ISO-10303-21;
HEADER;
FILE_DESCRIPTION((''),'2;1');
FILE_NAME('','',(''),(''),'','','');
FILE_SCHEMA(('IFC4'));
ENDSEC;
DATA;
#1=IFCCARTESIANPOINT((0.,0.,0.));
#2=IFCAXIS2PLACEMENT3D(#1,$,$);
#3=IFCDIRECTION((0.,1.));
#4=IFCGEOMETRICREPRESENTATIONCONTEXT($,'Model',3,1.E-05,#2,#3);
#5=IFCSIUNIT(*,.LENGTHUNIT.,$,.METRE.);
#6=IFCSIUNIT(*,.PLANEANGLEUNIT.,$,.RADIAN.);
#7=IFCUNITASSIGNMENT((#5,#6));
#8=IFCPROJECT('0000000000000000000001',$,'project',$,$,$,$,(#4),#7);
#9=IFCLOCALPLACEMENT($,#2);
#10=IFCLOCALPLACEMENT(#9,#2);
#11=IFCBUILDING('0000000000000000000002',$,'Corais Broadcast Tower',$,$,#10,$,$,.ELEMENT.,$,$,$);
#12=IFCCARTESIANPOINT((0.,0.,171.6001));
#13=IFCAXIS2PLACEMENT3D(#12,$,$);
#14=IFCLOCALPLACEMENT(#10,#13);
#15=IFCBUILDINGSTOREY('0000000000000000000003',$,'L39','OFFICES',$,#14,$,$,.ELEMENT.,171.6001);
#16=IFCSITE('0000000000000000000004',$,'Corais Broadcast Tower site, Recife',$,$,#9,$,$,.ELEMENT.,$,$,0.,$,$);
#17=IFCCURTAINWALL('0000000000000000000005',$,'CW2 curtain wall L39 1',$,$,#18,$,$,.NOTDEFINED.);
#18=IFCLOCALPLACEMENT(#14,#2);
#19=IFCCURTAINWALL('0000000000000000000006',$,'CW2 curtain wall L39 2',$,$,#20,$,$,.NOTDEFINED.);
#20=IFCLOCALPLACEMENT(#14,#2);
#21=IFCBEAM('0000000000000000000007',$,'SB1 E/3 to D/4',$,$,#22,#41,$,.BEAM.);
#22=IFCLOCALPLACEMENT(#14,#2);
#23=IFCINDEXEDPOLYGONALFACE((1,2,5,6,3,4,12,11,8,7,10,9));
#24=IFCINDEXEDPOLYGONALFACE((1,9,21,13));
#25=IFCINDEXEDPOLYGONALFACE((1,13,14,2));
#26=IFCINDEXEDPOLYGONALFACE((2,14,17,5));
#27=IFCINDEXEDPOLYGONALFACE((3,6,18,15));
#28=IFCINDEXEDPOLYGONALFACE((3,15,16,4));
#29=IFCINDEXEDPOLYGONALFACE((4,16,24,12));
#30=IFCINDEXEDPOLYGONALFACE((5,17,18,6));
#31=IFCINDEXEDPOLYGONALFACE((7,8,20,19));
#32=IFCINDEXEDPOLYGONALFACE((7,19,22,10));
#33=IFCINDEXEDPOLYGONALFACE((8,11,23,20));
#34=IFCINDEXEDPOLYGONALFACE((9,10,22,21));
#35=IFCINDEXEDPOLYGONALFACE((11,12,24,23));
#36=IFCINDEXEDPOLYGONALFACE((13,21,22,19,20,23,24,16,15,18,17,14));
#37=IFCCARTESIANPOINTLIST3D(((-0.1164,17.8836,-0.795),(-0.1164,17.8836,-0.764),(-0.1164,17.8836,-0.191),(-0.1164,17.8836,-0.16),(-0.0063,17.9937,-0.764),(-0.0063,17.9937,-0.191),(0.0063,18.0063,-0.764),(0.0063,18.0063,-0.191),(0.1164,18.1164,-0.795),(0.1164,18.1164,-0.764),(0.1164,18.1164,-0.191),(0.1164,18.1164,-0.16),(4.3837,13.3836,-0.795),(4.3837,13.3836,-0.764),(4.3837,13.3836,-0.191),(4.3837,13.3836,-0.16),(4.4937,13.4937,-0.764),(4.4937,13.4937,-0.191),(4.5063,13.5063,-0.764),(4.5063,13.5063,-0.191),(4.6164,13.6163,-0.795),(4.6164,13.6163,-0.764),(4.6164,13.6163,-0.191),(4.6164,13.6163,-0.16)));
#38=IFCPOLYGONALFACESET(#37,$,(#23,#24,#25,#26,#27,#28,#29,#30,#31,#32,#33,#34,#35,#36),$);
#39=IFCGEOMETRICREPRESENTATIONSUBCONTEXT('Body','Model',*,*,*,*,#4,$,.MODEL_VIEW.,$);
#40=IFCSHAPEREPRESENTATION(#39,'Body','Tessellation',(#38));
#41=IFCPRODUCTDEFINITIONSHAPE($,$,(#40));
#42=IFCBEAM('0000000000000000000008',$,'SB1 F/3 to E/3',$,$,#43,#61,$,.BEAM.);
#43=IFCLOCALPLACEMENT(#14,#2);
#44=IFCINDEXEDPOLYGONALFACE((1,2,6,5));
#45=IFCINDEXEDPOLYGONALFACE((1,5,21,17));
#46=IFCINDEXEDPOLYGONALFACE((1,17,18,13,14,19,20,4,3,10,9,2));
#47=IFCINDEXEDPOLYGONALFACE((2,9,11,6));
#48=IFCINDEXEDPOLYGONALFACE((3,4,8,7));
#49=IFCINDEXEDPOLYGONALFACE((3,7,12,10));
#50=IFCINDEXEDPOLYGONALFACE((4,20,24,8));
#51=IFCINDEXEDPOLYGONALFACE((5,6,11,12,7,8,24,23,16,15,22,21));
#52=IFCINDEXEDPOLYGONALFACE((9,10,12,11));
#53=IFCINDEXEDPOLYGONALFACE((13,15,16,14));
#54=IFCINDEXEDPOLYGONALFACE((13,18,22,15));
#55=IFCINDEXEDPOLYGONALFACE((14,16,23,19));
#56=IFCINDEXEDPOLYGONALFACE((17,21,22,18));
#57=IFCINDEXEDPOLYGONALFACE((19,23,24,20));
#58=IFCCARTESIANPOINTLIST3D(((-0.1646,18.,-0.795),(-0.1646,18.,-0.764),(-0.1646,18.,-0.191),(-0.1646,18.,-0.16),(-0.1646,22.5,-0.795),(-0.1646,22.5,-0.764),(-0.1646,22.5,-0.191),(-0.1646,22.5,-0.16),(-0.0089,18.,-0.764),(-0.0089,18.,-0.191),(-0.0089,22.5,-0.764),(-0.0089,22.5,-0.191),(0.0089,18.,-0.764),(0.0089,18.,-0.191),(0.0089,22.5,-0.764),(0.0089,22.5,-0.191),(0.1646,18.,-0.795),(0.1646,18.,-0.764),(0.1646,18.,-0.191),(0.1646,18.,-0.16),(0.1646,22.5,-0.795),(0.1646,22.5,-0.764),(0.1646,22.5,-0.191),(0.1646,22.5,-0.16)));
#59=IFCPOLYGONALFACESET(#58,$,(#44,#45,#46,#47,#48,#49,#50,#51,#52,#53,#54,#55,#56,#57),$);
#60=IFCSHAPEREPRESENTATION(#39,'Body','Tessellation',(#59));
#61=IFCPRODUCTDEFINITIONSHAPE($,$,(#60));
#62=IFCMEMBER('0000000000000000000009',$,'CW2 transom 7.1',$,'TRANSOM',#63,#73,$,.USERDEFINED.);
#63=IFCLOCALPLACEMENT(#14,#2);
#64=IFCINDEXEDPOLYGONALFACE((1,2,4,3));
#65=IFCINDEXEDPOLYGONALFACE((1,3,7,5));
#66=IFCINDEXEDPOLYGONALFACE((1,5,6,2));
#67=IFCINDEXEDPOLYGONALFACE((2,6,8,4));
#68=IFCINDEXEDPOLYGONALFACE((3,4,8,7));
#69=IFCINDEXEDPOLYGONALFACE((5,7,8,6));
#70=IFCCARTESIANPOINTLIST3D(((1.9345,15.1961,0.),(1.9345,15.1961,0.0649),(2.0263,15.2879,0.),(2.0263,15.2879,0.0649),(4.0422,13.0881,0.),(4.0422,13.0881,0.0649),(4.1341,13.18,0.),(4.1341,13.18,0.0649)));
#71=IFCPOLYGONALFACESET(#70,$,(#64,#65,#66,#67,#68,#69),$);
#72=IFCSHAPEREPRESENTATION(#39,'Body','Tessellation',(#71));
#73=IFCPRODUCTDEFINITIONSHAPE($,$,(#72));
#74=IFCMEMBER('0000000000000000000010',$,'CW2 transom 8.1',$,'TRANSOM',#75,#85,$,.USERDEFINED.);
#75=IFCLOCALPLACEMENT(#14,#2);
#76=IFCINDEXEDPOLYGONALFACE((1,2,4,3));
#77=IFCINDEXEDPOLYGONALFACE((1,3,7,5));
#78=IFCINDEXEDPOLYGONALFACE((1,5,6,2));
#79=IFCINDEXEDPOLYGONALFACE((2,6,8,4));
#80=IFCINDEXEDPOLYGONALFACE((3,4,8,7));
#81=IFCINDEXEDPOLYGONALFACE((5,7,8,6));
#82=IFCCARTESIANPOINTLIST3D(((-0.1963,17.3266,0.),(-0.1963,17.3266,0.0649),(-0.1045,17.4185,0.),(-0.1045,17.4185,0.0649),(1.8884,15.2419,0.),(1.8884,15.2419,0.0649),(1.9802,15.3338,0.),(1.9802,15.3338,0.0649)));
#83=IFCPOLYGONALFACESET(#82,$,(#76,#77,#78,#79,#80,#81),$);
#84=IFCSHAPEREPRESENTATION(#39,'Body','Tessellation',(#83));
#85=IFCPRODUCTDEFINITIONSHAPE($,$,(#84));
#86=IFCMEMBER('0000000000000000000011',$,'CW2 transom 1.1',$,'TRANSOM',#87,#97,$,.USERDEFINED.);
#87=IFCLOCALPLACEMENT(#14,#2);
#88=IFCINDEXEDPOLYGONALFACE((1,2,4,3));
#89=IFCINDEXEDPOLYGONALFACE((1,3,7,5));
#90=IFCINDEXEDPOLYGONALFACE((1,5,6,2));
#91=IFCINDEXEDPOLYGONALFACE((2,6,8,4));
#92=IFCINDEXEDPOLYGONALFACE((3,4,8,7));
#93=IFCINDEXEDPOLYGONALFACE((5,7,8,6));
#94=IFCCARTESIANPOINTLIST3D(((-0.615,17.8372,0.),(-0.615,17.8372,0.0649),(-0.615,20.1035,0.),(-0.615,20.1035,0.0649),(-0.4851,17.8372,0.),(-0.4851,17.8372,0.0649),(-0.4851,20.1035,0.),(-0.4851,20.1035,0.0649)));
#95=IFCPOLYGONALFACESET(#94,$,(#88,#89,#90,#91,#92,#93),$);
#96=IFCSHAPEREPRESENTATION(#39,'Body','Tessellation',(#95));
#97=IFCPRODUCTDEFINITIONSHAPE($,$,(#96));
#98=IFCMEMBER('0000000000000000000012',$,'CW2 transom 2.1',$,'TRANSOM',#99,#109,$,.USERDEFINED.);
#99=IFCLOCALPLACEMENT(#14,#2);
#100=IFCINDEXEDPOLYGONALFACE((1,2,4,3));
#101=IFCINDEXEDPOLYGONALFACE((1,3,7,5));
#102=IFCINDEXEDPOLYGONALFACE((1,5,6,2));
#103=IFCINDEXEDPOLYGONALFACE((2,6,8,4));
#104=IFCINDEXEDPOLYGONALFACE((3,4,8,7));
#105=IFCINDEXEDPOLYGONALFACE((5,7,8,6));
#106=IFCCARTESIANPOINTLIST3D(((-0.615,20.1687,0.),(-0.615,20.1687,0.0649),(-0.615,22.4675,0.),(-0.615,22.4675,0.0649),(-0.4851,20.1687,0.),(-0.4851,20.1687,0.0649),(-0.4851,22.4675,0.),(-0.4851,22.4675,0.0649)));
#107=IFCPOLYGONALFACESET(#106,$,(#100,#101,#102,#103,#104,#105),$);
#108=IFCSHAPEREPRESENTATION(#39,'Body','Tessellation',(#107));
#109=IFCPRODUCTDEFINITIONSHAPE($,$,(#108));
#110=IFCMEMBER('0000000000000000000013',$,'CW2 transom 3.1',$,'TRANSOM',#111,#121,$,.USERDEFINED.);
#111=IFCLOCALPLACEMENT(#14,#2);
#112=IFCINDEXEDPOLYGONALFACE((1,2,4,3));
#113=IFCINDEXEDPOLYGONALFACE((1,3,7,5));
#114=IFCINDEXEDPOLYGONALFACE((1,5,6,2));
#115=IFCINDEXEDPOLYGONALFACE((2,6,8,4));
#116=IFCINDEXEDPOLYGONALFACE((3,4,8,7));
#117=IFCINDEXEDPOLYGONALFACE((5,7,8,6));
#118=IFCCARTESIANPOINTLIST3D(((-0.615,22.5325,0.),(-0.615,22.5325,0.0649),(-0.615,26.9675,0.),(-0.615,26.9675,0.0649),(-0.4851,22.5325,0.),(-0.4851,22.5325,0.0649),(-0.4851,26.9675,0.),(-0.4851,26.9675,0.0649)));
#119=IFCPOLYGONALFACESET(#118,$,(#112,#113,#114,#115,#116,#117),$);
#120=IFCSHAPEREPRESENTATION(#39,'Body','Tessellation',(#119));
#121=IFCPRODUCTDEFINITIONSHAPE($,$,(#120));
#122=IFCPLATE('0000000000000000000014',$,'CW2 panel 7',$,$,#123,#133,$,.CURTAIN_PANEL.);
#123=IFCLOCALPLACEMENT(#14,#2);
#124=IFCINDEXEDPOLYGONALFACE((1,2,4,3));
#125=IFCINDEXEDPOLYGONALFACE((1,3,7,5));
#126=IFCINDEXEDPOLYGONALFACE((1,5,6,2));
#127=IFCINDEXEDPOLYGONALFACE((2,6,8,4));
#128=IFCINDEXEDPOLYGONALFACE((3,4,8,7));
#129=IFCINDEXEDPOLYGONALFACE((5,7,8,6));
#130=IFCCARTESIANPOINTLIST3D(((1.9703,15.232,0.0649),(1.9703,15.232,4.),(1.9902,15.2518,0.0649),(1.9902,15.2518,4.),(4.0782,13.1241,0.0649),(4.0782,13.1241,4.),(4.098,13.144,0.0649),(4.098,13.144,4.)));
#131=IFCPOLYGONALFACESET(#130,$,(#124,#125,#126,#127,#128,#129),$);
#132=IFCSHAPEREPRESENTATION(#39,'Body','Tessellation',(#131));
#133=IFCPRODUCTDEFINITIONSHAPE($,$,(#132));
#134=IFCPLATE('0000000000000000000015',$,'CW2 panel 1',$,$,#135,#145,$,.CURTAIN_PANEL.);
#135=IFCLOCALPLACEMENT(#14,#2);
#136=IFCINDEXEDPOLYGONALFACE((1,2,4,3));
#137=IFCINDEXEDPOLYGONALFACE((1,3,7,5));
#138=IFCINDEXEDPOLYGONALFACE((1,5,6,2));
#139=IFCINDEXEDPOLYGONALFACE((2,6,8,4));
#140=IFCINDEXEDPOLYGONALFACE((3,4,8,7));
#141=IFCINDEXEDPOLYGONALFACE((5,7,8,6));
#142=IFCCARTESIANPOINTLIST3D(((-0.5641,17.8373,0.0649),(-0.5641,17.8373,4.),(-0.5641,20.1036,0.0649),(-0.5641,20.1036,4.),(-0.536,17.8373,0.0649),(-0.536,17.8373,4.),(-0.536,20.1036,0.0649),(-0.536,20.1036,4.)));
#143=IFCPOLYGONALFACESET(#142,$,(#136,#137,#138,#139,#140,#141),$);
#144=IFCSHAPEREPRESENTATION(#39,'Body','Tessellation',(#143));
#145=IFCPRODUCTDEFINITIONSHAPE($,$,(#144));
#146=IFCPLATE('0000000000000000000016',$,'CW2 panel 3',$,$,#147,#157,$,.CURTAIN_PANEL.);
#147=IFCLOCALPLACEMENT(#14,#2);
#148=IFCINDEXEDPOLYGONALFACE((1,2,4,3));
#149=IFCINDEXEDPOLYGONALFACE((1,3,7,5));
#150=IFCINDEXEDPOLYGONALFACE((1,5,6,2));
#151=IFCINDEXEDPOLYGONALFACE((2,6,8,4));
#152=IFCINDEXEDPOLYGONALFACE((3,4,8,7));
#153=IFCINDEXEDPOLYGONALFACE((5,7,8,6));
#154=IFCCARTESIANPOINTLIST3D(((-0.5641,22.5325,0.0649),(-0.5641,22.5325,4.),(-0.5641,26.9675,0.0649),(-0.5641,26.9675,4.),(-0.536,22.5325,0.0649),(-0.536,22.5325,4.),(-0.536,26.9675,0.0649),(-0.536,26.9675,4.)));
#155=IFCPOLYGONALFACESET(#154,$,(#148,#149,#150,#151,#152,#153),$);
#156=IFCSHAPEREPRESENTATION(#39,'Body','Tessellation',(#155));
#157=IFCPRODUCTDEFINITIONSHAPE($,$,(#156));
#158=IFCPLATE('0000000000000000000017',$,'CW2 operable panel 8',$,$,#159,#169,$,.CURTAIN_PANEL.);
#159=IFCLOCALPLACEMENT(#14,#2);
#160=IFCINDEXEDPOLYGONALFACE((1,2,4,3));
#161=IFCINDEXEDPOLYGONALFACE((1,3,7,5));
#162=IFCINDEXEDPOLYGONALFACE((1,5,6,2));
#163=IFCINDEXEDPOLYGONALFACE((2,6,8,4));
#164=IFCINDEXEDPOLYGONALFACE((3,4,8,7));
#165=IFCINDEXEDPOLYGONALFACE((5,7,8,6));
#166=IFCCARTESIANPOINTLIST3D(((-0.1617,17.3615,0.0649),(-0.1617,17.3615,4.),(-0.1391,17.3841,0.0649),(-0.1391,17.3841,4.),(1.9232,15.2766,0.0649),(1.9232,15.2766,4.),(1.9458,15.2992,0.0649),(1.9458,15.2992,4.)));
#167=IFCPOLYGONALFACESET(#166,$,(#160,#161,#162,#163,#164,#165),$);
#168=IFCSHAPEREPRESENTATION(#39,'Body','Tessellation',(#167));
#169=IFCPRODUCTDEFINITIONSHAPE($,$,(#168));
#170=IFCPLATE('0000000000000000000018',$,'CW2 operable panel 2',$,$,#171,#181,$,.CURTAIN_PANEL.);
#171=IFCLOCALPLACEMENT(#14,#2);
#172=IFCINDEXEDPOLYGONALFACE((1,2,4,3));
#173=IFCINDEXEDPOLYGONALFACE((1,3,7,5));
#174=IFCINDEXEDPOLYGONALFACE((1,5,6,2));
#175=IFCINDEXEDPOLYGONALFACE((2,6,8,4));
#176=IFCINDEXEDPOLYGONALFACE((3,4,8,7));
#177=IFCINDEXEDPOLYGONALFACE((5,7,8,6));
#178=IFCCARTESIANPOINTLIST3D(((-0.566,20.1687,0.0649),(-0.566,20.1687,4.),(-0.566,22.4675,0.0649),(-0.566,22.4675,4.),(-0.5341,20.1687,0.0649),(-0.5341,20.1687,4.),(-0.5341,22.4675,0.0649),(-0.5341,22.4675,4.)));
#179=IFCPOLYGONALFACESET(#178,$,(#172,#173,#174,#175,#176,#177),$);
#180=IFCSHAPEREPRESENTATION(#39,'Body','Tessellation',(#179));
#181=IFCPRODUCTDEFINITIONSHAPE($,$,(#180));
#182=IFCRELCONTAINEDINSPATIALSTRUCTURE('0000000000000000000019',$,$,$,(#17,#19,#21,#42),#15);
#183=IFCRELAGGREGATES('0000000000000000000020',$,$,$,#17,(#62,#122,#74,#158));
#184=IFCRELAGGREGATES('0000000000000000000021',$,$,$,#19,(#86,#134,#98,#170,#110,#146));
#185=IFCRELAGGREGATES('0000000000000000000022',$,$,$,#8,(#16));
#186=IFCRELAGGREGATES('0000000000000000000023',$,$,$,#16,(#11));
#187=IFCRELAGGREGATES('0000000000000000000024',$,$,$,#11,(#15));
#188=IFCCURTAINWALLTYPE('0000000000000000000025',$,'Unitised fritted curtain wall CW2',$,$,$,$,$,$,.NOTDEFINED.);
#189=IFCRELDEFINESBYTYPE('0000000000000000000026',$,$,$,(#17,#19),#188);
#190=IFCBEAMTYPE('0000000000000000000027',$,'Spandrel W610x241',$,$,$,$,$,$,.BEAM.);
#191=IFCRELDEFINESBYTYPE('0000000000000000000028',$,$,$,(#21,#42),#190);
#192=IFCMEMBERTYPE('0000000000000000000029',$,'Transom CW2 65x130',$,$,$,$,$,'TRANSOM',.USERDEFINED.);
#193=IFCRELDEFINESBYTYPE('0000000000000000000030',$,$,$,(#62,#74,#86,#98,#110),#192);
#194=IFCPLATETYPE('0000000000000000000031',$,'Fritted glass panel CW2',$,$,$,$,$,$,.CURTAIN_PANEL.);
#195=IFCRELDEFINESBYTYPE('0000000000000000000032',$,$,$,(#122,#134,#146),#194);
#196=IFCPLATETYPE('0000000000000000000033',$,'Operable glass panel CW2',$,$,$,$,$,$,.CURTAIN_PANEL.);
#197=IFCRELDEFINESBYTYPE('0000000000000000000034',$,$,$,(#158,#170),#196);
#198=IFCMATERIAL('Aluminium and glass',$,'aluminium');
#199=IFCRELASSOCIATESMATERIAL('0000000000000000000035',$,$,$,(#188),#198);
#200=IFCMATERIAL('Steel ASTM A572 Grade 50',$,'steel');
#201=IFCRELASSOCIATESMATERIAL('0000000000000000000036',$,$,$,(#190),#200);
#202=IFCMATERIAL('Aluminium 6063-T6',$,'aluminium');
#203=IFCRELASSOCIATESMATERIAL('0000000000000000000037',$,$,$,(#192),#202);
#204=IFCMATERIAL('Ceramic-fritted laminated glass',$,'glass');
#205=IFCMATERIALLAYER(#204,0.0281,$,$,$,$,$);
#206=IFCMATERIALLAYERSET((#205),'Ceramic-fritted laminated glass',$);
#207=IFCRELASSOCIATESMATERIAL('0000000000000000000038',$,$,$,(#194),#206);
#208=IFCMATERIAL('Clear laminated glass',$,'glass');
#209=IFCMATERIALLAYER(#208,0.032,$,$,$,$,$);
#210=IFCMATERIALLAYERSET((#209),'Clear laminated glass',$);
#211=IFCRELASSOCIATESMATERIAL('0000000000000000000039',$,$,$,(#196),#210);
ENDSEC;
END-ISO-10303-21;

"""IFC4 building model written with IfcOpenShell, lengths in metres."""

from ifc_helpers import new_model, si_unit, direction, frame, origin, origin_2d, place, context, subcontext, project, spatial, rectangle, i_section, extrude, material, layer, layer_set, material_profile, profile_set, type_object, element, aggregate, save


model = new_model("IFC4")

# Units and contexts
model_context = context("Model", 3, precision=1e-05, world=origin(), true_north=direction((0.0, 1.0)))
body_context = subcontext(model_context, "Body", "Model", "MODEL_VIEW")
ifc_project = project(units=[si_unit("LENGTHUNIT", "METRE"), si_unit("PLANEANGLEUNIT", "RADIAN")], contexts=[model_context])

# Site, building, storey
site_placement = place(None, origin())
site = spatial("IfcSite", under=ifc_project, at=site_placement, Name="Corais Broadcast Tower site, Recife", CompositionType="ELEMENT", RefElevation=0.0)
building_placement = place(site_placement, origin())
building = spatial("IfcBuilding", under=site, at=building_placement, Name="Corais Broadcast Tower", CompositionType="ELEMENT")
storey_placement = place(building_placement, frame((0.0, 0.0, 171.6001)))
storey = spatial("IfcBuildingStorey", under=building, at=storey_placement, Name="L39", Description="OFFICES", CompositionType="ELEMENT", Elevation=171.6001)

# Curtain walls
ifc_material_1 = material(Name="Aluminium and glass", Category="aluminium")
curtain_wall_type = type_object("IfcCurtainWallType", Name="Unitised fritted curtain wall CW2", PredefinedType="NOTDEFINED", material=ifc_material_1)
curtain_wall_1_placement = place(storey_placement, origin())
curtain_wall_1 = element("IfcCurtainWall", 1, at=curtain_wall_1_placement, inside=storey, type_object=curtain_wall_type, Name="CW2 curtain wall L39 1", PredefinedType="NOTDEFINED")
curtain_wall_2_placement = place(storey_placement, origin())
curtain_wall_2 = element("IfcCurtainWall", 2, at=curtain_wall_2_placement, inside=storey, type_object=curtain_wall_type, Name="CW2 curtain wall L39 2", PredefinedType="NOTDEFINED")

# Beams
ifc_material_2 = material(Name="Steel ASTM A572 Grade 50", Category="steel")
ifc_material_profile_1 = material_profile(ifc_material_2, i_section(OverallWidth=0.3291, OverallDepth=0.635, WebThickness=0.0178, FlangeThickness=0.031, at=origin_2d()), Name="W610x241")
ifc_profile_set_1 = profile_set([ifc_material_profile_1], Name="Steel ASTM A572 Grade 50")
beam_type_1 = type_object("IfcBeamType", Name="Spandrel W610x241", PredefinedType="BEAM", material=ifc_profile_set_1)
beam_1_placement = place(storey_placement, frame((0.0, 18.0, -0.4775), z_axis=(0.707107, -0.707107, 0.0), x_axis=(0.707107, 0.707107, 0.0)))
element("IfcBeam", 3, at=beam_1_placement, inside=storey, type_object=beam_type_1, Name="SB1 E/3 to D/4", PredefinedType="BEAM", context=body_context, shape_type="SweptSolid", body=[
    extrude(i_section(OverallWidth=0.3291, OverallDepth=0.635, WebThickness=0.0178, FlangeThickness=0.031, at=origin_2d()), origin(), (0.0, 0.0, 1.0), 6.364),
])
beam_2_placement = place(storey_placement, frame((0.0, 22.5, -0.4775), z_axis=(0.0, -1.0, 0.0), x_axis=(1.0, 0.0, 0.0)))
element("IfcBeam", 4, at=beam_2_placement, inside=storey, type_object=beam_type_1, Name="SB1 F/3 to E/3", PredefinedType="BEAM", context=body_context, shape_type="SweptSolid", body=[
    extrude(i_section(OverallWidth=0.3291, OverallDepth=0.635, WebThickness=0.0178, FlangeThickness=0.031, at=origin_2d()), origin(), (0.0, 0.0, 1.0), 4.5),
])

# Members
ifc_material_3 = material(Name="Aluminium 6063-T6", Category="aluminium")
ifc_material_profile_2 = material_profile(ifc_material_3, rectangle(XDim=0.1299, YDim=0.0649, at=origin_2d()), Name="Transom CW2 65x130")
ifc_profile_set_2 = profile_set([ifc_material_profile_2], Name="Aluminium 6063-T6")
member_type_1 = type_object("IfcMemberType", Name="Transom CW2 65x130", ElementType="TRANSOM", PredefinedType="USERDEFINED", material=ifc_profile_set_2)
member_1_placement = place(storey_placement, frame((4.0881, 13.134, 0.0325), z_axis=(-0.707066, 0.707148, 0.0), x_axis=(-0.707148, -0.707066, 0.0)))
member_1 = element("IfcMember", 5, at=member_1_placement, type_object=member_type_1, Name="CW2 transom 7.1", ObjectType="TRANSOM", PredefinedType="USERDEFINED", context=body_context, shape_type="SweptSolid", body=[
    extrude(rectangle(XDim=0.1299, YDim=0.0649, at=origin_2d()), origin(), (0.0, 0.0, 1.0), 2.981),
])
member_2_placement = place(storey_placement, frame((1.9343, 15.2878, 0.0325), z_axis=(-0.707107, 0.707107, 0.0), x_axis=(-0.707107, -0.707107, 0.0)))
member_2 = element("IfcMember", 6, at=member_2_placement, type_object=member_type_1, Name="CW2 transom 8.1", ObjectType="TRANSOM", PredefinedType="USERDEFINED", context=body_context, shape_type="SweptSolid", body=[
    extrude(rectangle(XDim=0.1299, YDim=0.0649, at=origin_2d()), origin(), (0.0, 0.0, 1.0), 2.9482),
])
member_3_placement = place(storey_placement, frame((-0.55, 17.8372, 0.0325), z_axis=(0.0, 1.0, 0.0), x_axis=(-1.0, 0.0, 0.0)))
member_3 = element("IfcMember", 7, at=member_3_placement, type_object=member_type_1, Name="CW2 transom 1.1", ObjectType="TRANSOM", PredefinedType="USERDEFINED", context=body_context, shape_type="SweptSolid", body=[
    extrude(rectangle(XDim=0.1299, YDim=0.0649, at=origin_2d()), origin(), (0.0, 0.0, 1.0), 2.2664),
])
member_4_placement = place(storey_placement, frame((-0.55, 20.1687, 0.0325), z_axis=(0.0, 1.0, 0.0), x_axis=(-1.0, 0.0, 0.0)))
member_4 = element("IfcMember", 8, at=member_4_placement, type_object=member_type_1, Name="CW2 transom 2.1", ObjectType="TRANSOM", PredefinedType="USERDEFINED", context=body_context, shape_type="SweptSolid", body=[
    extrude(rectangle(XDim=0.1299, YDim=0.0649, at=origin_2d()), origin(), (0.0, 0.0, 1.0), 2.2988),
])
member_5_placement = place(storey_placement, frame((-0.55, 22.5325, 0.0325), z_axis=(0.0, 1.0, 0.0), x_axis=(-1.0, 0.0, 0.0)))
member_5 = element("IfcMember", 9, at=member_5_placement, type_object=member_type_1, Name="CW2 transom 3.1", ObjectType="TRANSOM", PredefinedType="USERDEFINED", context=body_context, shape_type="SweptSolid", body=[
    extrude(rectangle(XDim=0.1299, YDim=0.0649, at=origin_2d()), origin(), (0.0, 0.0, 1.0), 4.4351),
])

# Plates
ifc_material_4 = material(Name="Ceramic-fritted laminated glass", Category="glass")
ifc_layer_1 = layer(ifc_material_4, 0.0281)
ifc_layer_set_1 = layer_set([ifc_layer_1], Name="Ceramic-fritted laminated glass")
plate_type_1 = type_object("IfcPlateType", Name="Fritted glass panel CW2", PredefinedType="CURTAIN_PANEL", material=ifc_layer_set_1)
plate_1_placement = place(storey_placement, frame((3.0342, 14.188, 0.0649), z_axis=(0.0, 0.0, 1.0), x_axis=(-0.707107, 0.707107, 0.0)))
plate_1 = element("IfcPlate", 10, at=plate_1_placement, type_object=plate_type_1, Name="CW2 panel 7", PredefinedType="CURTAIN_PANEL", context=body_context, shape_type="SweptSolid", body=[
    extrude(rectangle(XDim=2.981, YDim=0.0281, at=origin_2d()), origin(), (0.0, 0.0, 1.0), 3.9351),
])
plate_2_placement = place(storey_placement, frame((-0.55, 18.9705, 0.0649), z_axis=(0.0, 0.0, 1.0), x_axis=(0.0, 1.0, 0.0)))
plate_2 = element("IfcPlate", 11, at=plate_2_placement, type_object=plate_type_1, Name="CW2 panel 1", PredefinedType="CURTAIN_PANEL", context=body_context, shape_type="SweptSolid", body=[
    extrude(rectangle(XDim=2.2664, YDim=0.0281, at=origin_2d()), origin(), (0.0, 0.0, 1.0), 3.9351),
])
plate_3_placement = place(storey_placement, frame((-0.55, 24.75, 0.0649), z_axis=(0.0, 0.0, 1.0), x_axis=(0.0, 1.0, 0.0)))
plate_3 = element("IfcPlate", 12, at=plate_3_placement, type_object=plate_type_1, Name="CW2 panel 3", PredefinedType="CURTAIN_PANEL", context=body_context, shape_type="SweptSolid", body=[
    extrude(rectangle(XDim=4.4351, YDim=0.0281, at=origin_2d()), origin(), (0.0, 0.0, 1.0), 3.9351),
])
ifc_material_5 = material(Name="Clear laminated glass", Category="glass")
ifc_layer_2 = layer(ifc_material_5, 0.032)
ifc_layer_set_2 = layer_set([ifc_layer_2], Name="Clear laminated glass")
plate_type_2 = type_object("IfcPlateType", Name="Operable glass panel CW2", PredefinedType="CURTAIN_PANEL", material=ifc_layer_set_2)
plate_4_placement = place(storey_placement, frame((0.8921, 16.3303, 0.0649), z_axis=(0.0, 0.0, 1.0), x_axis=(-0.707107, 0.707107, 0.0)))
plate_4 = element("IfcPlate", 13, at=plate_4_placement, type_object=plate_type_2, Name="CW2 operable panel 8", PredefinedType="CURTAIN_PANEL", context=body_context, shape_type="SweptSolid", body=[
    extrude(rectangle(XDim=2.9485, YDim=0.032, at=origin_2d()), origin(), (0.0, 0.0, 1.0), 3.9351),
])
aggregate(curtain_wall_1, [member_1, plate_1, member_2, plate_4])
plate_5_placement = place(storey_placement, frame((-0.55, 21.3181, 0.0649), z_axis=(0.0, 0.0, 1.0), x_axis=(0.0, 1.0, 0.0)))
plate_5 = element("IfcPlate", 14, at=plate_5_placement, type_object=plate_type_2, Name="CW2 operable panel 2", PredefinedType="CURTAIN_PANEL", context=body_context, shape_type="SweptSolid", body=[
    extrude(rectangle(XDim=2.2988, YDim=0.032, at=origin_2d()), origin(), (0.0, 0.0, 1.0), 3.9351),
])
aggregate(curtain_wall_2, [member_3, plate_2, member_4, plate_5, member_5, plate_3])

save(model, "model.ifc")
